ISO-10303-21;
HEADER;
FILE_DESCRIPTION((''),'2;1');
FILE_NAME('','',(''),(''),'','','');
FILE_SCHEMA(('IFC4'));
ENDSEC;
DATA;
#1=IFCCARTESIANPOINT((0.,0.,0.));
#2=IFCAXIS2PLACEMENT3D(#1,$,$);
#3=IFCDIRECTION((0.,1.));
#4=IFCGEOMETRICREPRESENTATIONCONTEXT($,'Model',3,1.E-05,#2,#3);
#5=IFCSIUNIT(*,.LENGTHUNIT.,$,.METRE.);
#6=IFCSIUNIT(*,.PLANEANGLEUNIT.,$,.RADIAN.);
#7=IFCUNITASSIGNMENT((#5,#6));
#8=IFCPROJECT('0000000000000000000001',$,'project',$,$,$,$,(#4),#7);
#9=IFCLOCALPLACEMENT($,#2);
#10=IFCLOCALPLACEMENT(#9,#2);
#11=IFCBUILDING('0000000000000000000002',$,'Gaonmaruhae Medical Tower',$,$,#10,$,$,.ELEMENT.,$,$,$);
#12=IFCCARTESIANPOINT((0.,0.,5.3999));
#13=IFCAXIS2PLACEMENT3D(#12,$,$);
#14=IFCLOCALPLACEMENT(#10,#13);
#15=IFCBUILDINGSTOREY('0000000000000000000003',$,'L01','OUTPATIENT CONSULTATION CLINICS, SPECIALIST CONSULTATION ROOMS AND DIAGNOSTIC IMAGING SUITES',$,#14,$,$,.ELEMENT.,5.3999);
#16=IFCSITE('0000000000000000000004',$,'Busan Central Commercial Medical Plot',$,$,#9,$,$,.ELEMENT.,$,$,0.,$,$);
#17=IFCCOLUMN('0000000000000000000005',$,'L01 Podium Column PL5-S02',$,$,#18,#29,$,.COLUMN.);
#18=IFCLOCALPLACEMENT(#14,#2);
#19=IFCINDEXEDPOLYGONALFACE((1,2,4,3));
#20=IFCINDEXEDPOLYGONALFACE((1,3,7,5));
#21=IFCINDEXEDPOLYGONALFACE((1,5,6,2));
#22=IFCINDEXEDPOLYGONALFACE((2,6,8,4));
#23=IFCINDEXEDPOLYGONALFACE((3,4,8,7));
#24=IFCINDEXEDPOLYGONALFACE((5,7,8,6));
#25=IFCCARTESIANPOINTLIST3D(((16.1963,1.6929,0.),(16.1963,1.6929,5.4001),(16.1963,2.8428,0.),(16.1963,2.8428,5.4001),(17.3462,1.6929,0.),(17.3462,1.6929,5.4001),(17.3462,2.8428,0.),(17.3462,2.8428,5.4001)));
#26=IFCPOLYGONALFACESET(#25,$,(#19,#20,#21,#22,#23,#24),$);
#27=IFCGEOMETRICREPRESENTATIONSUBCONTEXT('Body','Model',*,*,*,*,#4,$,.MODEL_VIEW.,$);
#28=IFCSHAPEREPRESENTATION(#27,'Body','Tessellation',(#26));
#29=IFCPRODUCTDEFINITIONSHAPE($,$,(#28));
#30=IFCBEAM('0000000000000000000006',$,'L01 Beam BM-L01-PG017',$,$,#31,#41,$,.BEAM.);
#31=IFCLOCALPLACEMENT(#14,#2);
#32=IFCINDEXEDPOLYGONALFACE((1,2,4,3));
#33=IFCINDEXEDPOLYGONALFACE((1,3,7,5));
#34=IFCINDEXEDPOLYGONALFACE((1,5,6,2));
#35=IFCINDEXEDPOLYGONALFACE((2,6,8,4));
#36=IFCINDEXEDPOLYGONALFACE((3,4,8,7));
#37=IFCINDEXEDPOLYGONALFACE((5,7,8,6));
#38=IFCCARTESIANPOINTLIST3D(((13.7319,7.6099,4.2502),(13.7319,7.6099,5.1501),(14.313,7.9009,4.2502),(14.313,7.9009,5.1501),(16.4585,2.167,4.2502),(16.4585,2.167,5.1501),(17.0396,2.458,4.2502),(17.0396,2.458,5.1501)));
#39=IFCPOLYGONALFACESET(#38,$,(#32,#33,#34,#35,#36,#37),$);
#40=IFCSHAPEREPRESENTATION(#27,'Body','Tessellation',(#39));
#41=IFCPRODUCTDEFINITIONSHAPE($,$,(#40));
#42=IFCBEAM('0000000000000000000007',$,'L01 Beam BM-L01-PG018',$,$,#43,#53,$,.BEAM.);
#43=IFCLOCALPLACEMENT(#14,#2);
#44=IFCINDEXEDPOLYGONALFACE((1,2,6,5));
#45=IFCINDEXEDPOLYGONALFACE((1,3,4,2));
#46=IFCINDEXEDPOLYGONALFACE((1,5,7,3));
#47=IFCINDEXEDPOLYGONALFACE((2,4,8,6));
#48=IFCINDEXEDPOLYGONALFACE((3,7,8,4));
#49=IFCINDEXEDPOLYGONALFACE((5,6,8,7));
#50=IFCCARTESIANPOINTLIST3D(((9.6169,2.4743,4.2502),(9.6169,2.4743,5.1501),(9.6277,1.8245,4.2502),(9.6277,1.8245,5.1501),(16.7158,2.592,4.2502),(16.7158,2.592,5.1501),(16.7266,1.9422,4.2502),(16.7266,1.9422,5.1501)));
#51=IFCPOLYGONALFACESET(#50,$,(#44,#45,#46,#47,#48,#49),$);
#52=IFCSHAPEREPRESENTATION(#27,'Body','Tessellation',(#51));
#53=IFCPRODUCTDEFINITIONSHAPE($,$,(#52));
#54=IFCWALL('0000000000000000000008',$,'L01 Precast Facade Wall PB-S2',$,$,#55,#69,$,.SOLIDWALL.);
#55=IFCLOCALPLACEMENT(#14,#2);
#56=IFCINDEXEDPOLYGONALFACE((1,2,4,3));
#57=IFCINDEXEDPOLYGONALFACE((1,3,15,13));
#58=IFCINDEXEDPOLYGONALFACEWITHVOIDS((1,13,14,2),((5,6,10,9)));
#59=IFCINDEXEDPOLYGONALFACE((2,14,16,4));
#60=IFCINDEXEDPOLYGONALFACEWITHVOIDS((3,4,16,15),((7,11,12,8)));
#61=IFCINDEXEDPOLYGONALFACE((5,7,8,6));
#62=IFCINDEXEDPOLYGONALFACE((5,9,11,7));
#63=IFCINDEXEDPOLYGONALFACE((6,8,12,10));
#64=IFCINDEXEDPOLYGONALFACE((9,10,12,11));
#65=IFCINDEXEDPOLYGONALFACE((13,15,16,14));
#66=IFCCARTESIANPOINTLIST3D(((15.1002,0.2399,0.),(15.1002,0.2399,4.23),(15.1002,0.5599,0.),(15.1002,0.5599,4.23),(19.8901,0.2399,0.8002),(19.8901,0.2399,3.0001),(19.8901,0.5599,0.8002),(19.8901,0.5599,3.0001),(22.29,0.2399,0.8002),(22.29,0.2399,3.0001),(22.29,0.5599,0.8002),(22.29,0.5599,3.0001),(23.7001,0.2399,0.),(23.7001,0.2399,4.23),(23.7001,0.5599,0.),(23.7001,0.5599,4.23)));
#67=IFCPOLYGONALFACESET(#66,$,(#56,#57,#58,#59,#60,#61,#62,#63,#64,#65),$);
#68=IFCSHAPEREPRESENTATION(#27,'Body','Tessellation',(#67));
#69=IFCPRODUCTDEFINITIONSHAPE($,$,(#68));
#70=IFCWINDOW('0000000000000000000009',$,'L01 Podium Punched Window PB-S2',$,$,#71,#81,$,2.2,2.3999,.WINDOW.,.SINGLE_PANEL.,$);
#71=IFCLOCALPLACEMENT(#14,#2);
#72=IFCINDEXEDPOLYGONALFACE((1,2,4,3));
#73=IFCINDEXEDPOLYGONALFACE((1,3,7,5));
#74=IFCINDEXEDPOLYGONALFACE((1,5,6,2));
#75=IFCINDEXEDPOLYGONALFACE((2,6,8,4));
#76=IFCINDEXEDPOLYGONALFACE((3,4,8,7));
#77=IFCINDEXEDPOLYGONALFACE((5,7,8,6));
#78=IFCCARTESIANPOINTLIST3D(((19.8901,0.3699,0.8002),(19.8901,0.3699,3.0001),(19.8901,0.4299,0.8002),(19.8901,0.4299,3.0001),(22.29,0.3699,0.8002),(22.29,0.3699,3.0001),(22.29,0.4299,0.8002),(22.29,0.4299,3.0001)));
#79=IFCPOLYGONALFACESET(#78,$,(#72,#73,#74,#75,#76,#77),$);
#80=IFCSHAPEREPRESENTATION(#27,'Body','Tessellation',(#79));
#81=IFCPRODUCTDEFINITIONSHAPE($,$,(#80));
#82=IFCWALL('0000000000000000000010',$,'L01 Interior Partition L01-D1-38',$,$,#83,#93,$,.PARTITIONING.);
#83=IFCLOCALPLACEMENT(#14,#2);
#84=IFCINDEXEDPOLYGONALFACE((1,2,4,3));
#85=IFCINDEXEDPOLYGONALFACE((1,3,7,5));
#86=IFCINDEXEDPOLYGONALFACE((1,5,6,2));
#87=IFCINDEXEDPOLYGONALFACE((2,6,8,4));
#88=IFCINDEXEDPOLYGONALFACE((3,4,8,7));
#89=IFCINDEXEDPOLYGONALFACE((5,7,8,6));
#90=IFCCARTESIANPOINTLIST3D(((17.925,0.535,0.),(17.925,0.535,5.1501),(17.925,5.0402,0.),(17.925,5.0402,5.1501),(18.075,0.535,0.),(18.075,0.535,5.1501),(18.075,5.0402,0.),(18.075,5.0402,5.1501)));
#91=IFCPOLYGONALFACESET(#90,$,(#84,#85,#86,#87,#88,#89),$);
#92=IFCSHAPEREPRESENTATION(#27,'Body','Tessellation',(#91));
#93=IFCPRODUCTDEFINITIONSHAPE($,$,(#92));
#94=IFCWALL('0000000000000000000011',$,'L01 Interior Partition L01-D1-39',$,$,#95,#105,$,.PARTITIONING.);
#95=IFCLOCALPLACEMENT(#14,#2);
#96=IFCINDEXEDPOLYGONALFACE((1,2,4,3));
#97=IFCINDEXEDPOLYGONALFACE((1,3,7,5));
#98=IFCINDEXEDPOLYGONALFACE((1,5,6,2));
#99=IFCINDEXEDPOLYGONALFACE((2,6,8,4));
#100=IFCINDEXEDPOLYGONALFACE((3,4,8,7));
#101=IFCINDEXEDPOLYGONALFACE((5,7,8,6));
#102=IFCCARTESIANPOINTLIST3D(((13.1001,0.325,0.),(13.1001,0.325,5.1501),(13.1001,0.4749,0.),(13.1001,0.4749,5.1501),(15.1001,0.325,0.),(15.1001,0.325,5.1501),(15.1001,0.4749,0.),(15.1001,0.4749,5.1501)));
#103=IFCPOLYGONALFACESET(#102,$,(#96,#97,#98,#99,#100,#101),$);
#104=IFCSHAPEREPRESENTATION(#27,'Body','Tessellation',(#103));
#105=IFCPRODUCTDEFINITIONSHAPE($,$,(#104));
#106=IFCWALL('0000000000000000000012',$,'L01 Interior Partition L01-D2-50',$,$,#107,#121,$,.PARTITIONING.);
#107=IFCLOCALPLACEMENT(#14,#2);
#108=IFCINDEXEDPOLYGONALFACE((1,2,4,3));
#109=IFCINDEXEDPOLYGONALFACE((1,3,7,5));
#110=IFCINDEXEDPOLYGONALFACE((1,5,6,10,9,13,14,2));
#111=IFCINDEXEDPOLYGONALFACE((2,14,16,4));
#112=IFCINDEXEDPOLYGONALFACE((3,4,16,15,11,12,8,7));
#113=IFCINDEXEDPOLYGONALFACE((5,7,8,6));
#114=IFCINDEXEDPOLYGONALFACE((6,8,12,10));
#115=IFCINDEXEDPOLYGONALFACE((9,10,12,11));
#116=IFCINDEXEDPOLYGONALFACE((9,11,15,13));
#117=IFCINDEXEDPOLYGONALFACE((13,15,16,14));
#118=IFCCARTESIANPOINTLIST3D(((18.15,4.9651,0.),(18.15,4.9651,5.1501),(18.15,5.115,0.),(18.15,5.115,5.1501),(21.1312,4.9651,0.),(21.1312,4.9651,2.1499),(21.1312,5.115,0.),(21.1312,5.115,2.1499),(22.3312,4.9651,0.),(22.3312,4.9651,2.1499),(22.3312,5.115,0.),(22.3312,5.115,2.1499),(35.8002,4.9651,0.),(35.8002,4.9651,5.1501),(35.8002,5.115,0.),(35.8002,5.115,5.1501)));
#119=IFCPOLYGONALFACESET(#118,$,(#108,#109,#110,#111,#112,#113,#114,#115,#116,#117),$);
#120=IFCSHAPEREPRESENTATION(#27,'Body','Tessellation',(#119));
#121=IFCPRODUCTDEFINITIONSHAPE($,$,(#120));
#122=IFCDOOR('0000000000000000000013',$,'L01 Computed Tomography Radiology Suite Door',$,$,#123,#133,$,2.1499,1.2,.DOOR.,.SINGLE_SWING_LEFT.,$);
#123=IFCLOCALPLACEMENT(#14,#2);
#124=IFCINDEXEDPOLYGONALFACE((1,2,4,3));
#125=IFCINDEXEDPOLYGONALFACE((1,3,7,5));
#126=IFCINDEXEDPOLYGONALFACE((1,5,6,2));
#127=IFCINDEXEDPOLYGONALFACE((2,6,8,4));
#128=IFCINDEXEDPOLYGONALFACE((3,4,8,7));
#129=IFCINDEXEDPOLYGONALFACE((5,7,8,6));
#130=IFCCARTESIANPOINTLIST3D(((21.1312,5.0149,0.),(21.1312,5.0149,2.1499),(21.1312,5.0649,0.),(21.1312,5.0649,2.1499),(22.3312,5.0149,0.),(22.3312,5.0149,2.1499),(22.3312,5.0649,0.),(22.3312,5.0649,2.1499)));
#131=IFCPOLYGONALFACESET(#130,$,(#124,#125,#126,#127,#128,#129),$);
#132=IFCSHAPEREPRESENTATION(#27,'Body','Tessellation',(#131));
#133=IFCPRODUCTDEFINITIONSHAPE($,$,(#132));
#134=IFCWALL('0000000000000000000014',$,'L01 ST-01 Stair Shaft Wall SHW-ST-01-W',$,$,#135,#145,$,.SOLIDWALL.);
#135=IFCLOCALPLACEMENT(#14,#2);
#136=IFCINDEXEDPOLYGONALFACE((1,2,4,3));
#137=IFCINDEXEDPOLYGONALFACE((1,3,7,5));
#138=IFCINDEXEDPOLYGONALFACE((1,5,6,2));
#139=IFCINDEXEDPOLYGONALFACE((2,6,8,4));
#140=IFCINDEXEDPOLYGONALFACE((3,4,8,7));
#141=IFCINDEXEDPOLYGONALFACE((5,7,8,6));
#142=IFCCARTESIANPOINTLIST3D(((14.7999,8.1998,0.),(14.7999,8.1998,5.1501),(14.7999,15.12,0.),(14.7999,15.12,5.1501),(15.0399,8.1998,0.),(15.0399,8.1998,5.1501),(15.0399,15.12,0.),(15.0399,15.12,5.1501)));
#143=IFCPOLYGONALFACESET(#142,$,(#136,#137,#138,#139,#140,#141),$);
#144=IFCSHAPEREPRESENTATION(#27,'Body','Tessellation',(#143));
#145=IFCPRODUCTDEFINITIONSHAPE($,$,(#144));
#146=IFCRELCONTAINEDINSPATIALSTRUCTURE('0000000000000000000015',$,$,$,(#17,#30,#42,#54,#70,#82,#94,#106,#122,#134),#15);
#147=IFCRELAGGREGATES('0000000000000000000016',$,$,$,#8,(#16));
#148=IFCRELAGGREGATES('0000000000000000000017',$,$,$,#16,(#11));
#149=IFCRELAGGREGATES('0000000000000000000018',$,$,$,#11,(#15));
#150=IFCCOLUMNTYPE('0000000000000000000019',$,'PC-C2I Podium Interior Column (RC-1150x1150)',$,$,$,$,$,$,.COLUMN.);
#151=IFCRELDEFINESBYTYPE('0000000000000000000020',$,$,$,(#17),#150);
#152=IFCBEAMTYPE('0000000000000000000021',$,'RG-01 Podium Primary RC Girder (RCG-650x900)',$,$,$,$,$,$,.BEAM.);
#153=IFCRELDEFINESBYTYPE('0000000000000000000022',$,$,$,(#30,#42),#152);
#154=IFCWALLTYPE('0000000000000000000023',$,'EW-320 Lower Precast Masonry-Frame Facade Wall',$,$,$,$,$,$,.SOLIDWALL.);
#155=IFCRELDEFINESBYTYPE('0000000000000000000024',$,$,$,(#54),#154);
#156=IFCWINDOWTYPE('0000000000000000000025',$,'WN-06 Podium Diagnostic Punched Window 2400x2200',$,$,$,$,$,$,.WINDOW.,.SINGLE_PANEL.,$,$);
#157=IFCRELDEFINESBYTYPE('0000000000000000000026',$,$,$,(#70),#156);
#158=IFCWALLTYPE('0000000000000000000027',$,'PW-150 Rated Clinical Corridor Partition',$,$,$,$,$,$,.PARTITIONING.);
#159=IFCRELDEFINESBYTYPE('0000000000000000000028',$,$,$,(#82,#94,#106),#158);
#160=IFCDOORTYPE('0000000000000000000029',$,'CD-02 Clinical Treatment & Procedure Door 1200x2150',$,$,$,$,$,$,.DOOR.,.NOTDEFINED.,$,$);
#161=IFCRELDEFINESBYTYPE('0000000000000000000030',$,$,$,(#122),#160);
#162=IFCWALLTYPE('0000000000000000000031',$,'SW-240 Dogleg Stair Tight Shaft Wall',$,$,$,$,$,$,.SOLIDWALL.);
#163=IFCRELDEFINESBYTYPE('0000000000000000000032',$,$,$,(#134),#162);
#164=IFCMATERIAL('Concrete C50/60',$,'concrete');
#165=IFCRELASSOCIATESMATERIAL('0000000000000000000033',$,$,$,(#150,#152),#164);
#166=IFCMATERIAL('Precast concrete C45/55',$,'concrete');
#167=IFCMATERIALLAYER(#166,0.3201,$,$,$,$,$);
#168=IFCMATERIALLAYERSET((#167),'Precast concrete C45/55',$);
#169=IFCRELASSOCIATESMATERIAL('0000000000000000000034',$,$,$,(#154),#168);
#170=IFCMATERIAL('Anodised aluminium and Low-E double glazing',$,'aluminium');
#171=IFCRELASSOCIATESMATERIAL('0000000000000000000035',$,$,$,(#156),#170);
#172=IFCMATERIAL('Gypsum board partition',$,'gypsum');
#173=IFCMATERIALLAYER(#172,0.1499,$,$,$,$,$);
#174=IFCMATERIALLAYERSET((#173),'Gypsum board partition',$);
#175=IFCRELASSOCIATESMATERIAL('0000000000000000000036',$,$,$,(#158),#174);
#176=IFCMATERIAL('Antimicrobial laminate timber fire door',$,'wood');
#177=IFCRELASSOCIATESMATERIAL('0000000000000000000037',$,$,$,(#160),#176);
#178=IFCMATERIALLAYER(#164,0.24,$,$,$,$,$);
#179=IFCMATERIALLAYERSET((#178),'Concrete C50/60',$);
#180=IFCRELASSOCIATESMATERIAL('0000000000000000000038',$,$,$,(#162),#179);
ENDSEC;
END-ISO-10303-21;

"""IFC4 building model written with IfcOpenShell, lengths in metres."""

from ifc_helpers import new_model, si_unit, direction, frame, frame_2d, origin, origin_2d, place, context, subcontext, project, spatial, rectangle, extrude, material, layer, layer_set, material_profile, profile_set, type_object, element, fill, save


model = new_model("IFC4")

# Units and contexts
model_context = context("Model", 3, precision=1e-05, world=origin(), true_north=direction((0.0, 1.0)))
body_context = subcontext(model_context, "Body", "Model", "MODEL_VIEW")
ifc_project = project(units=[si_unit("LENGTHUNIT", "METRE"), si_unit("PLANEANGLEUNIT", "RADIAN")], contexts=[model_context])

# Site, building, storey
site_placement = place(None, origin())
site = spatial("IfcSite", under=ifc_project, at=site_placement, Name="Busan Central Commercial Medical Plot", CompositionType="ELEMENT", RefElevation=0.0)
building_placement = place(site_placement, origin())
building = spatial("IfcBuilding", under=site, at=building_placement, Name="Gaonmaruhae Medical Tower", CompositionType="ELEMENT")
storey_placement = place(building_placement, frame((0.0, 0.0, 5.3999)))
storey = spatial("IfcBuildingStorey", under=building, at=storey_placement, Name="L01", Description="OUTPATIENT CONSULTATION CLINICS, SPECIALIST CONSULTATION ROOMS AND DIAGNOSTIC IMAGING SUITES", CompositionType="ELEMENT", Elevation=5.3999)

# Column
ifc_material_1 = material(Name="Concrete C50/60", Category="concrete")
ifc_material_profile_1 = material_profile(ifc_material_1, rectangle(XDim=1.1499, YDim=1.1499, at=origin_2d()), Name="RC-1150x1150")
ifc_profile_set_1 = profile_set([ifc_material_profile_1], Name="Concrete C50/60")
column_type = type_object("IfcColumnType", Name="PC-C2I Podium Interior Column (RC-1150x1150)", PredefinedType="COLUMN", material=ifc_profile_set_1)
column_placement = place(storey_placement, frame((16.7712, 2.2678, 0.0), z_axis=(0.0, 0.0, 1.0), x_axis=(1.0, 0.0, 0.0)))
element("IfcColumn", 1, at=column_placement, inside=storey, type_object=column_type, Name="L01 Podium Column PL5-S02", PredefinedType="COLUMN", context=body_context, shape_type="SweptSolid", body=[
    extrude(rectangle(XDim=1.1499, YDim=1.1499, at=origin_2d()), origin(), (0.0, 0.0, 1.0), 5.4001),
])

# Beams
ifc_material_profile_2 = material_profile(ifc_material_1, rectangle(XDim=0.6499, YDim=0.8999, at=origin_2d()), Name="RCG-650x900")
ifc_profile_set_2 = profile_set([ifc_material_profile_2], Name="Concrete C50/60")
beam_type = type_object("IfcBeamType", Name="RG-01 Podium Primary RC Girder (RCG-650x900)", PredefinedType="BEAM", material=ifc_profile_set_2)
beam_1_placement = place(storey_placement, frame((16.749, 2.3125, 4.7002), z_axis=(-0.447887, 0.89409, 0.0), x_axis=(-0.89409, -0.447887, 0.0)))
element("IfcBeam", 2, at=beam_1_placement, inside=storey, type_object=beam_type, Name="L01 Beam BM-L01-PG017", PredefinedType="BEAM", context=body_context, shape_type="SweptSolid", body=[
    extrude(rectangle(XDim=0.6499, YDim=0.8999, at=origin_2d()), origin(), (0.0, 0.0, 1.0), 6.0876),
])
beam_2_placement = place(storey_placement, frame((16.7212, 2.2671, 4.7002), z_axis=(-0.999863, -0.016574, 0.0), x_axis=(0.016574, -0.999863, 0.0)))
element("IfcBeam", 3, at=beam_2_placement, inside=storey, type_object=beam_type, Name="L01 Beam BM-L01-PG018", PredefinedType="BEAM", context=body_context, shape_type="SweptSolid", body=[
    extrude(rectangle(XDim=0.6499, YDim=0.8999, at=origin_2d()), origin(), (0.0, 0.0, 1.0), 7.0999),
])

# Wall, opening, window
ifc_material_2 = material(Name="Precast concrete C45/55", Category="concrete")
ifc_layer_1 = layer(ifc_material_2, 0.3201)
ifc_layer_set_1 = layer_set([ifc_layer_1], Name="Precast concrete C45/55")
wall_type_1 = type_object("IfcWallType", Name="EW-320 Lower Precast Masonry-Frame Facade Wall", PredefinedType="SOLIDWALL", material=ifc_layer_set_1)
wall_1_placement = place(storey_placement, frame((23.7, 0.3999, 0.0), z_axis=(0.0, 0.0, 1.0), x_axis=(-1.0, 0.0, 0.0)))
wall_1 = element("IfcWall", 4, at=wall_1_placement, inside=storey, type_object=wall_type_1, Name="L01 Precast Facade Wall PB-S2", PredefinedType="SOLIDWALL", context=body_context, shape_type="SweptSolid", body=[
    extrude(rectangle(XDim=8.5999, YDim=0.3201, at=frame_2d((4.2998, 0.0))), origin(), (0.0, 0.0, 1.0), 4.23),
])
opening_1_placement = place(wall_1_placement, frame((1.4099, 0.0, 0.8)))
opening_1 = element("IfcOpeningElement", 5, at=opening_1_placement, cuts=wall_1, PredefinedType="OPENING", context=body_context, shape_type="SweptSolid", body=[
    extrude(rectangle(XDim=2.3999, YDim=2.2, at=frame_2d((1.2, 1.1001))), frame((0.0, 0.1699, 0.0), z_axis=(0.0, -1.0, 0.0), x_axis=(1.0, 0.0, 0.0)), (0.0, 0.0, 1.0), 0.3401),
])
ifc_material_3 = material(Name="Anodised aluminium and Low-E double glazing", Category="aluminium")
window_type = type_object("IfcWindowType", Name="WN-06 Podium Diagnostic Punched Window 2400x2200", PartitioningType="SINGLE_PANEL", PredefinedType="WINDOW", material=ifc_material_3)
window_placement = place(opening_1_placement, origin())
window = element("IfcWindow", 6, at=window_placement, inside=storey, type_object=window_type, Name="L01 Podium Punched Window PB-S2", OverallHeight=2.2, OverallWidth=2.3999, PartitioningType="SINGLE_PANEL", PredefinedType="WINDOW", context=body_context, shape_type="SweptSolid", body=[
    extrude(rectangle(XDim=2.3999, YDim=2.2, at=frame_2d((1.2, 1.1001))), frame((0.0, 0.03, 0.0), z_axis=(0.0, -1.0, 0.0), x_axis=(1.0, 0.0, 0.0)), (0.0, 0.0, 1.0), 0.0601),
])
fill(opening_1, window)

# Walls
ifc_material_4 = material(Name="Gypsum board partition", Category="gypsum")
ifc_layer_2 = layer(ifc_material_4, 0.1499)
ifc_layer_set_2 = layer_set([ifc_layer_2], Name="Gypsum board partition")
wall_type_2 = type_object("IfcWallType", Name="PW-150 Rated Clinical Corridor Partition", PredefinedType="PARTITIONING", material=ifc_layer_set_2)
wall_2_placement = place(storey_placement, frame((18.0, 5.04, 0.0), z_axis=(0.0, 0.0, 1.0), x_axis=(0.0, -1.0, 0.0)))
element("IfcWall", 7, at=wall_2_placement, inside=storey, type_object=wall_type_2, Name="L01 Interior Partition L01-D1-38", PredefinedType="PARTITIONING", context=body_context, shape_type="SweptSolid", body=[
    extrude(rectangle(XDim=4.5051, YDim=0.1499, at=frame_2d((2.2524, 0.0))), origin(), (0.0, 0.0, 1.0), 5.1501),
])
wall_3_placement = place(storey_placement, frame((15.1001, 0.3999, 0.0), z_axis=(0.0, 0.0, 1.0), x_axis=(-1.0, 0.0, 0.0)))
element("IfcWall", 8, at=wall_3_placement, inside=storey, type_object=wall_type_2, Name="L01 Interior Partition L01-D1-39", PredefinedType="PARTITIONING", context=body_context, shape_type="SweptSolid", body=[
    extrude(rectangle(XDim=2.0, YDim=0.1499, at=frame_2d((1.0, 0.0))), origin(), (0.0, 0.0, 1.0), 5.1501),
])

# Wall, opening, door
wall_4_placement = place(storey_placement, frame((18.1499, 5.04, 0.0), z_axis=(0.0, 0.0, 1.0), x_axis=(1.0, 0.0, 0.0)))
wall_4 = element("IfcWall", 9, at=wall_4_placement, inside=storey, type_object=wall_type_2, Name="L01 Interior Partition L01-D2-50", PredefinedType="PARTITIONING", context=body_context, shape_type="SweptSolid", body=[
    extrude(rectangle(XDim=17.6501, YDim=0.1499, at=frame_2d((8.8252, 0.0))), origin(), (0.0, 0.0, 1.0), 5.1501),
])
opening_2_placement = place(wall_4_placement, frame((2.9812, 0.0, 0.0)))
opening_2 = element("IfcOpeningElement", 10, at=opening_2_placement, cuts=wall_4, PredefinedType="OPENING", context=body_context, shape_type="SweptSolid", body=[
    extrude(rectangle(XDim=1.2, YDim=2.1499, at=frame_2d((0.6001, 1.075))), frame((0.0, 0.085, 0.0), z_axis=(0.0, -1.0, 0.0), x_axis=(1.0, 0.0, 0.0)), (0.0, 0.0, 1.0), 0.1699),
])
ifc_material_5 = material(Name="Antimicrobial laminate timber fire door", Category="wood")
door_type = type_object("IfcDoorType", Name="CD-02 Clinical Treatment & Procedure Door 1200x2150", OperationType="NOTDEFINED", PredefinedType="DOOR", material=ifc_material_5)
door_placement = place(opening_2_placement, origin())
door = element("IfcDoor", 11, at=door_placement, inside=storey, type_object=door_type, Name="L01 Computed Tomography Radiology Suite Door", OperationType="SINGLE_SWING_LEFT", OverallHeight=2.1499, OverallWidth=1.2, PredefinedType="DOOR", context=body_context, shape_type="SweptSolid", body=[
    extrude(rectangle(XDim=1.2, YDim=2.1499, at=frame_2d((0.6001, 1.075))), frame((0.0, 0.0249, 0.0), z_axis=(0.0, -1.0, 0.0), x_axis=(1.0, 0.0, 0.0)), (0.0, 0.0, 1.0), 0.05),
])
fill(opening_2, door)

# Wall
ifc_layer_3 = layer(ifc_material_1, 0.24)
ifc_layer_set_3 = layer_set([ifc_layer_3], Name="Concrete C50/60")
wall_type_3 = type_object("IfcWallType", Name="SW-240 Dogleg Stair Tight Shaft Wall", PredefinedType="SOLIDWALL", material=ifc_layer_set_3)
wall_5_placement = place(storey_placement, frame((14.9199, 8.2, 0.0), z_axis=(0.0, 0.0, 1.0), x_axis=(0.0, 1.0, 0.0)))
element("IfcWall", 12, at=wall_5_placement, inside=storey, type_object=wall_type_3, Name="L01 ST-01 Stair Shaft Wall SHW-ST-01-W", PredefinedType="SOLIDWALL", context=body_context, shape_type="SweptSolid", body=[
    extrude(rectangle(XDim=6.9202, YDim=0.24, at=frame_2d((3.46, 0.0))), origin(), (0.0, 0.0, 1.0), 5.1501),
])

save(model, "model.ifc")
